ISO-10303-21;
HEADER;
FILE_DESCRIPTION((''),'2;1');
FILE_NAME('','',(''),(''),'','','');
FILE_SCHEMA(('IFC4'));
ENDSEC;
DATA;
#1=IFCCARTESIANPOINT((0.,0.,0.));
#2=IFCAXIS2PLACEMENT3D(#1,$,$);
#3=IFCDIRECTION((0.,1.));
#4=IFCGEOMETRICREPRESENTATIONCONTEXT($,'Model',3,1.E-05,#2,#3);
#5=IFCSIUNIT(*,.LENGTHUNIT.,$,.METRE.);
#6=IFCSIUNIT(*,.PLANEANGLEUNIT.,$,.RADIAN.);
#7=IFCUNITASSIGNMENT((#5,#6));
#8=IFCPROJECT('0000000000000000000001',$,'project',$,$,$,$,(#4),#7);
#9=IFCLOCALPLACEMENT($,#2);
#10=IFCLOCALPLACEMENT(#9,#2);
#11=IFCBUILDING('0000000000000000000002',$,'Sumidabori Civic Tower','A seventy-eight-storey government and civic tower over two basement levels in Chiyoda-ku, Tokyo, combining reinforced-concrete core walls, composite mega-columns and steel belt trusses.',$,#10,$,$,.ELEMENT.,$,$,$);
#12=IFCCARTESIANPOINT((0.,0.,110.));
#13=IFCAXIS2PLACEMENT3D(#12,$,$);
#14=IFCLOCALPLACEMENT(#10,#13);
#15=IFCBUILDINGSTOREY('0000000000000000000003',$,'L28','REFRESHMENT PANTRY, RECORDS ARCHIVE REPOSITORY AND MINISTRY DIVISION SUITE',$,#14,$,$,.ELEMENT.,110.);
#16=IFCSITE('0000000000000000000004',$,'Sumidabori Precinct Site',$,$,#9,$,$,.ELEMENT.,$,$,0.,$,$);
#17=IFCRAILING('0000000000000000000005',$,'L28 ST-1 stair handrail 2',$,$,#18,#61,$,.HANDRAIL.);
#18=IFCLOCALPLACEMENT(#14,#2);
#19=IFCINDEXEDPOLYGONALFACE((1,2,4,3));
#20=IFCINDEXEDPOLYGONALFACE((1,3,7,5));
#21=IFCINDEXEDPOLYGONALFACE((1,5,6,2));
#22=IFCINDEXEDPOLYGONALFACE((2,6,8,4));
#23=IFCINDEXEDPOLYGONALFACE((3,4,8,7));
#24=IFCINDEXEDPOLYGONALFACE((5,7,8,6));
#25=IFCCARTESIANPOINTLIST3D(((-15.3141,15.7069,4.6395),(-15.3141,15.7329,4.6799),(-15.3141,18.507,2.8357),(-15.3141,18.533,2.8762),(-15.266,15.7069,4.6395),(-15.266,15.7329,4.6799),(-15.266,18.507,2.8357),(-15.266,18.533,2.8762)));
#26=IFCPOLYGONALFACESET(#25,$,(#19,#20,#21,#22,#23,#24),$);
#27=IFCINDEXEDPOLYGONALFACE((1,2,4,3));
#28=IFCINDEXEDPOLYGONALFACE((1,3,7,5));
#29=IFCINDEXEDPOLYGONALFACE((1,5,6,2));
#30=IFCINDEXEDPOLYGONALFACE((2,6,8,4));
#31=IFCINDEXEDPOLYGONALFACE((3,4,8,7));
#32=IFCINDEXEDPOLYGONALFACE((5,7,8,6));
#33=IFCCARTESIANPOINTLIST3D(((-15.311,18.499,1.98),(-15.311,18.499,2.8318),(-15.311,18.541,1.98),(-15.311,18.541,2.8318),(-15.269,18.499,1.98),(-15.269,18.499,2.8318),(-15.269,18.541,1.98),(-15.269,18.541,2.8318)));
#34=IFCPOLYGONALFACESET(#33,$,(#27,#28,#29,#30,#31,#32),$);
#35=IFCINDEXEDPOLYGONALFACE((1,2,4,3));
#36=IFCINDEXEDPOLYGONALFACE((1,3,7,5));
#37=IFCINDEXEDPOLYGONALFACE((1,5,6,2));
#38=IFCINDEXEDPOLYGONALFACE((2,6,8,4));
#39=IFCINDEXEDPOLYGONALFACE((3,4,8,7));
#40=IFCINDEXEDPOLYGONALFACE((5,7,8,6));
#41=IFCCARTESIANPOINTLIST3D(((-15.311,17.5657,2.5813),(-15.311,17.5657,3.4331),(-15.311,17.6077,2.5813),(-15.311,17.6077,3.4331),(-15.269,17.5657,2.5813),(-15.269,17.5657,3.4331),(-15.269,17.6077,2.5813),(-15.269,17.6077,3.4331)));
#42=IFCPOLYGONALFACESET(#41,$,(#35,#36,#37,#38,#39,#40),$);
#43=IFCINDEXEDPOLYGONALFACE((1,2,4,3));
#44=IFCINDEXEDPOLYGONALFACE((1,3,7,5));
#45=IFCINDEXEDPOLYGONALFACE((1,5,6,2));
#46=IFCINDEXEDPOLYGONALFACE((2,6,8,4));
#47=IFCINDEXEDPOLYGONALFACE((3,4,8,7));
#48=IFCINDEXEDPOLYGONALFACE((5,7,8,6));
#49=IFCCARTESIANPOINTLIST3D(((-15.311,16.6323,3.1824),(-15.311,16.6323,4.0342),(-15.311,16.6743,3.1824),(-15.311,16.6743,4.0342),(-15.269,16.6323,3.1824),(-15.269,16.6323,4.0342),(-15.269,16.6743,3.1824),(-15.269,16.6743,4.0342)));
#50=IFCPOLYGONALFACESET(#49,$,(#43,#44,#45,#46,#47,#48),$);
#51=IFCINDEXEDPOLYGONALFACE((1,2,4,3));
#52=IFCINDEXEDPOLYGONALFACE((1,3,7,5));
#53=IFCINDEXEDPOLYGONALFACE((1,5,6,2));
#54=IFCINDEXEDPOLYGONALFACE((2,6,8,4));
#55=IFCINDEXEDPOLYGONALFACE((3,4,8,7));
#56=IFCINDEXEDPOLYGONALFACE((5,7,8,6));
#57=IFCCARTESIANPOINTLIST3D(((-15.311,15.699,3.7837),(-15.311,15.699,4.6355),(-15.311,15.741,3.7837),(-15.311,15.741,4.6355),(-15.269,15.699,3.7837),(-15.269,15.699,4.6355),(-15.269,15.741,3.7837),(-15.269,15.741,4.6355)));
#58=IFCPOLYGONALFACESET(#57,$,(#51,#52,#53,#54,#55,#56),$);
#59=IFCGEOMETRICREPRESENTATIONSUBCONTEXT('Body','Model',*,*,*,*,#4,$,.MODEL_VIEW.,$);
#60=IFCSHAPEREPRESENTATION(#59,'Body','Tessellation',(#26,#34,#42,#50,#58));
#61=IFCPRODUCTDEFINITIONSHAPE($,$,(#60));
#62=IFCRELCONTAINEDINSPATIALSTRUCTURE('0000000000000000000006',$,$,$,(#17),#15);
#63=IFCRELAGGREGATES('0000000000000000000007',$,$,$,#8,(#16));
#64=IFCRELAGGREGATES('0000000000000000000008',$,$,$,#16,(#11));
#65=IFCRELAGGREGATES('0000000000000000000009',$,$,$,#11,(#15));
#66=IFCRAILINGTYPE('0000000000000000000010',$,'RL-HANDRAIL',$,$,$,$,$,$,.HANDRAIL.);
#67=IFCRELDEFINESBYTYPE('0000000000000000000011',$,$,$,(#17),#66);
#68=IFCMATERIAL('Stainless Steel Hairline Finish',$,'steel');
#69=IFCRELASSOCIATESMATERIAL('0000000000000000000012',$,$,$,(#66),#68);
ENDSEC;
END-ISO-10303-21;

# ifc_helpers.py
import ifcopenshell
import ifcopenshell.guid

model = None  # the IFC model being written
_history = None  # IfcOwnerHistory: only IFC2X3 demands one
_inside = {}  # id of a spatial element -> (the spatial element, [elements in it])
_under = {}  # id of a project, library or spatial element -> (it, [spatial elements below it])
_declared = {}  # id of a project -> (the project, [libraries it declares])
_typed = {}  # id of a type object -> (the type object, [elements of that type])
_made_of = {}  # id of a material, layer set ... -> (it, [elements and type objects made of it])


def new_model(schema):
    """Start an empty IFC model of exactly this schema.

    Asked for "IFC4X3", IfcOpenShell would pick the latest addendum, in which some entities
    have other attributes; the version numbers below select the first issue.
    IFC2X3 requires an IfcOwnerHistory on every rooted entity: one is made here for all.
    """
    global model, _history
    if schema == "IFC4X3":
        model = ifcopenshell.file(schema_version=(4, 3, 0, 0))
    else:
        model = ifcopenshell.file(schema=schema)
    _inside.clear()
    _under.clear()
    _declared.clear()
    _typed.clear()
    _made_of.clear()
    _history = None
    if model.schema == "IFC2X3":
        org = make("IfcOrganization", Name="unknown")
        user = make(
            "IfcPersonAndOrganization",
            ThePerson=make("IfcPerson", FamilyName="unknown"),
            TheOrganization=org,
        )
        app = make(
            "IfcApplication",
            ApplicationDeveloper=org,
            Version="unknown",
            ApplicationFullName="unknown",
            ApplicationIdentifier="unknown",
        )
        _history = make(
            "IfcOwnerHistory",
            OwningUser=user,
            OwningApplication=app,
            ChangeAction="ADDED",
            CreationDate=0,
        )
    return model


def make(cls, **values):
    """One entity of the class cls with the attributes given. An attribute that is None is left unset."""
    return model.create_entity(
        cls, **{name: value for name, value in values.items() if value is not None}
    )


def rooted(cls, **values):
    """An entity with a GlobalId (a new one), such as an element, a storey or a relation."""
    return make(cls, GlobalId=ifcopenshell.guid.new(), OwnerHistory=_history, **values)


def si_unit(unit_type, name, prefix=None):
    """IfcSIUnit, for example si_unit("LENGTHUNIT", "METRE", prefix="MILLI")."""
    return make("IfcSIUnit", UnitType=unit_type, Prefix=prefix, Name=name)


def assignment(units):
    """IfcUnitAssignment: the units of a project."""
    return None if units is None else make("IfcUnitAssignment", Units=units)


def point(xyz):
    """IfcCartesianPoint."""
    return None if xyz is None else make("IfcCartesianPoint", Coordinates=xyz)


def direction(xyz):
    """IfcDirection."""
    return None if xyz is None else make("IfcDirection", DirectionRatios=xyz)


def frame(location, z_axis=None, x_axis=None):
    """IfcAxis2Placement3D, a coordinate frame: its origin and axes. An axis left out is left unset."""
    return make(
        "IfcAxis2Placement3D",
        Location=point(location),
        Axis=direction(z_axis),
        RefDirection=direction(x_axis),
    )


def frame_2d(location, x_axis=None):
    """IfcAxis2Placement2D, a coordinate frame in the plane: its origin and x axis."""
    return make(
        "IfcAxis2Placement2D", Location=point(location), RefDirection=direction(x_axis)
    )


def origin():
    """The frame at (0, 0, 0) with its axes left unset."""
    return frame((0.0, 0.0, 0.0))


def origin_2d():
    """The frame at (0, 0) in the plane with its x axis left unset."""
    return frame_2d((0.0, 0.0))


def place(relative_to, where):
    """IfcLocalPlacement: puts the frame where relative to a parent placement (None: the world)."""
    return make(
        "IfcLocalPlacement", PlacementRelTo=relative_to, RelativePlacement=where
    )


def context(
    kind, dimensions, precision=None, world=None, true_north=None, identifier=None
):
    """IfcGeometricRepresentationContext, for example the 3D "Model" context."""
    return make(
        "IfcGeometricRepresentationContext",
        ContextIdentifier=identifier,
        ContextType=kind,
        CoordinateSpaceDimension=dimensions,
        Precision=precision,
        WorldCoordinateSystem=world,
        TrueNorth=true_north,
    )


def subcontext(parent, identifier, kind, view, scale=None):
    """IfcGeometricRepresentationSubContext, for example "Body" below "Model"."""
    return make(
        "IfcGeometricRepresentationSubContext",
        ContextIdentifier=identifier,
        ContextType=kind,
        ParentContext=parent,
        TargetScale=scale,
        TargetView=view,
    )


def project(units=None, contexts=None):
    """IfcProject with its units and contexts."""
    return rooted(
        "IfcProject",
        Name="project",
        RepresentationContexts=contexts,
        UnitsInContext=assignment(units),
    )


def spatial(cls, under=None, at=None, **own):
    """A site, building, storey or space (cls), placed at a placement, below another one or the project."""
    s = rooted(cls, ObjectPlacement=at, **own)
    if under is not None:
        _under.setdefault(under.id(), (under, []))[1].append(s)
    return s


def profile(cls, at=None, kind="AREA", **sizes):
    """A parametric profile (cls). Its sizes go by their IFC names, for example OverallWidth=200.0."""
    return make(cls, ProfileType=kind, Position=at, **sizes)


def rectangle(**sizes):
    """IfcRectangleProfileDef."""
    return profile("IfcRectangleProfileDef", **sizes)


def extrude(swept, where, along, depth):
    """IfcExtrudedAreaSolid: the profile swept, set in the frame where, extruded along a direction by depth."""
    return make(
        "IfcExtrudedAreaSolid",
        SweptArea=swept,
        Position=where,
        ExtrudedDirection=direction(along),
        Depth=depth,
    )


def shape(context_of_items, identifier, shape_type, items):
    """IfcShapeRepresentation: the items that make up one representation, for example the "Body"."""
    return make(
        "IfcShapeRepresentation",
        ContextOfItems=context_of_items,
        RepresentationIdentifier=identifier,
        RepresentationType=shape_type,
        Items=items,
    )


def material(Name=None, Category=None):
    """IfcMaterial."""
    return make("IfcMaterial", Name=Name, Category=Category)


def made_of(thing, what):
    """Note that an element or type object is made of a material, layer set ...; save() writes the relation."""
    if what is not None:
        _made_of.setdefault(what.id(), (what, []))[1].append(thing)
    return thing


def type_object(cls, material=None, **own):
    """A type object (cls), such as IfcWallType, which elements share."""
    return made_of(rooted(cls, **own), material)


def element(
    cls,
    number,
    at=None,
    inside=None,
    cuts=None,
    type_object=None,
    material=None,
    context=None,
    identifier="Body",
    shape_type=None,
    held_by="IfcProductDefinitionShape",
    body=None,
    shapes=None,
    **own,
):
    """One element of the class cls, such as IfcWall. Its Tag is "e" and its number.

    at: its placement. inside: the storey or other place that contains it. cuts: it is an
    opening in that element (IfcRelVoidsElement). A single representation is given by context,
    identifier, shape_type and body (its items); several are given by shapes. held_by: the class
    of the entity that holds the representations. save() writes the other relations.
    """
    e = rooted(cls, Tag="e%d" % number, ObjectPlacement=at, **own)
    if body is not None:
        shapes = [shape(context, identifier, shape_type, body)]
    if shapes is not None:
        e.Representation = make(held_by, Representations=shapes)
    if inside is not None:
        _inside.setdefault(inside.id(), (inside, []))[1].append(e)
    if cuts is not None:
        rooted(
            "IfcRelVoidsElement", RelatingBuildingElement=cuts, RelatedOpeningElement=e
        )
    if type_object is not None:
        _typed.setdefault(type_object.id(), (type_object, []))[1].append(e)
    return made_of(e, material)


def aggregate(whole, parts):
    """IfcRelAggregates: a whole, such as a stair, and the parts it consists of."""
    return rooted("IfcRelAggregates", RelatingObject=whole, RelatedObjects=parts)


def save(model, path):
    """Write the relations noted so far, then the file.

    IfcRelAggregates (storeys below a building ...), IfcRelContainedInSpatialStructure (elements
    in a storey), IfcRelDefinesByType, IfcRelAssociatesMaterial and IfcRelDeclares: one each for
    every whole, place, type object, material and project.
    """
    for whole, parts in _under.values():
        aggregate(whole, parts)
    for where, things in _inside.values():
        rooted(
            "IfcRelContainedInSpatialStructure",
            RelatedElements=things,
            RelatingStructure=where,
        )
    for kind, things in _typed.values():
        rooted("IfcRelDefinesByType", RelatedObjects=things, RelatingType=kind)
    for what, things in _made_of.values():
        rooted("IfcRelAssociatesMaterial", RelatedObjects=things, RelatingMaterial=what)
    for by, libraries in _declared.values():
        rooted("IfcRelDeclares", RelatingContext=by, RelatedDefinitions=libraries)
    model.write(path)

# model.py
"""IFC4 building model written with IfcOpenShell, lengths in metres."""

from ifc_helpers import new_model, si_unit, direction, frame, origin, origin_2d, place, context, subcontext, project, spatial, rectangle, extrude, material, type_object, element, save


model = new_model("IFC4")

# Units and contexts
model_context = context("Model", 3, precision=1e-05, world=origin(), true_north=direction((0.0, 1.0)))
body_context = subcontext(model_context, "Body", "Model", "MODEL_VIEW")
ifc_project = project(units=[si_unit("LENGTHUNIT", "METRE"), si_unit("PLANEANGLEUNIT", "RADIAN")], contexts=[model_context])

# Site, building, storey
site_placement = place(None, origin())
site = spatial("IfcSite", under=ifc_project, at=site_placement, Name="Sumidabori Precinct Site", CompositionType="ELEMENT", RefElevation=0.0)
building_placement = place(site_placement, origin())
building = spatial("IfcBuilding", under=site, at=building_placement, Name="Sumidabori Civic Tower", Description="A seventy-eight-storey government and civic tower over two basement levels in Chiyoda-ku, Tokyo, combining reinforced-concrete core walls, composite mega-columns and steel belt trusses.", CompositionType="ELEMENT")
storey_placement = place(building_placement, frame((0.0, 0.0, 110.0)))
storey = spatial("IfcBuildingStorey", under=building, at=storey_placement, Name="L28", Description="REFRESHMENT PANTRY, RECORDS ARCHIVE REPOSITORY AND MINISTRY DIVISION SUITE", CompositionType="ELEMENT", Elevation=110.0)

# Railing
ifc_material_1 = material(Name="Stainless Steel Hairline Finish", Category="steel")
railing_type = type_object("IfcRailingType", Name="RL-HANDRAIL", PredefinedType="HANDRAIL", material=ifc_material_1)
railing_placement = place(storey_placement, frame((-15.29, 18.52, 1.98)))
element("IfcRailing", 1, at=railing_placement, inside=storey, type_object=railing_type, Name="L28 ST-1 stair handrail 2", PredefinedType="HANDRAIL", context=body_context, shape_type="SweptSolid", body=[
    extrude(rectangle(XDim=0.0481, YDim=0.0481, at=origin_2d()), frame((0.0, 0.0, 0.876), z_axis=(0.0, -0.840676, 0.541539), x_axis=(1.0, 0.0, 0.0)), (0.0, 0.0, 1.0), 3.3308),
    extrude(rectangle(XDim=0.042, YDim=0.042, at=origin_2d()), origin(), (0.0, 0.0, 1.0), 0.8518),
    extrude(rectangle(XDim=0.042, YDim=0.042, at=origin_2d()), frame((0.0, -0.9333, 0.6013)), (0.0, 0.0, 1.0), 0.8518),
    extrude(rectangle(XDim=0.042, YDim=0.042, at=origin_2d()), frame((0.0, -1.8667, 1.2024)), (0.0, 0.0, 1.0), 0.8518),
    extrude(rectangle(XDim=0.042, YDim=0.042, at=origin_2d()), frame((0.0, -2.8, 1.8037)), (0.0, 0.0, 1.0), 0.8518),
])

save(model, "model.ifc")
